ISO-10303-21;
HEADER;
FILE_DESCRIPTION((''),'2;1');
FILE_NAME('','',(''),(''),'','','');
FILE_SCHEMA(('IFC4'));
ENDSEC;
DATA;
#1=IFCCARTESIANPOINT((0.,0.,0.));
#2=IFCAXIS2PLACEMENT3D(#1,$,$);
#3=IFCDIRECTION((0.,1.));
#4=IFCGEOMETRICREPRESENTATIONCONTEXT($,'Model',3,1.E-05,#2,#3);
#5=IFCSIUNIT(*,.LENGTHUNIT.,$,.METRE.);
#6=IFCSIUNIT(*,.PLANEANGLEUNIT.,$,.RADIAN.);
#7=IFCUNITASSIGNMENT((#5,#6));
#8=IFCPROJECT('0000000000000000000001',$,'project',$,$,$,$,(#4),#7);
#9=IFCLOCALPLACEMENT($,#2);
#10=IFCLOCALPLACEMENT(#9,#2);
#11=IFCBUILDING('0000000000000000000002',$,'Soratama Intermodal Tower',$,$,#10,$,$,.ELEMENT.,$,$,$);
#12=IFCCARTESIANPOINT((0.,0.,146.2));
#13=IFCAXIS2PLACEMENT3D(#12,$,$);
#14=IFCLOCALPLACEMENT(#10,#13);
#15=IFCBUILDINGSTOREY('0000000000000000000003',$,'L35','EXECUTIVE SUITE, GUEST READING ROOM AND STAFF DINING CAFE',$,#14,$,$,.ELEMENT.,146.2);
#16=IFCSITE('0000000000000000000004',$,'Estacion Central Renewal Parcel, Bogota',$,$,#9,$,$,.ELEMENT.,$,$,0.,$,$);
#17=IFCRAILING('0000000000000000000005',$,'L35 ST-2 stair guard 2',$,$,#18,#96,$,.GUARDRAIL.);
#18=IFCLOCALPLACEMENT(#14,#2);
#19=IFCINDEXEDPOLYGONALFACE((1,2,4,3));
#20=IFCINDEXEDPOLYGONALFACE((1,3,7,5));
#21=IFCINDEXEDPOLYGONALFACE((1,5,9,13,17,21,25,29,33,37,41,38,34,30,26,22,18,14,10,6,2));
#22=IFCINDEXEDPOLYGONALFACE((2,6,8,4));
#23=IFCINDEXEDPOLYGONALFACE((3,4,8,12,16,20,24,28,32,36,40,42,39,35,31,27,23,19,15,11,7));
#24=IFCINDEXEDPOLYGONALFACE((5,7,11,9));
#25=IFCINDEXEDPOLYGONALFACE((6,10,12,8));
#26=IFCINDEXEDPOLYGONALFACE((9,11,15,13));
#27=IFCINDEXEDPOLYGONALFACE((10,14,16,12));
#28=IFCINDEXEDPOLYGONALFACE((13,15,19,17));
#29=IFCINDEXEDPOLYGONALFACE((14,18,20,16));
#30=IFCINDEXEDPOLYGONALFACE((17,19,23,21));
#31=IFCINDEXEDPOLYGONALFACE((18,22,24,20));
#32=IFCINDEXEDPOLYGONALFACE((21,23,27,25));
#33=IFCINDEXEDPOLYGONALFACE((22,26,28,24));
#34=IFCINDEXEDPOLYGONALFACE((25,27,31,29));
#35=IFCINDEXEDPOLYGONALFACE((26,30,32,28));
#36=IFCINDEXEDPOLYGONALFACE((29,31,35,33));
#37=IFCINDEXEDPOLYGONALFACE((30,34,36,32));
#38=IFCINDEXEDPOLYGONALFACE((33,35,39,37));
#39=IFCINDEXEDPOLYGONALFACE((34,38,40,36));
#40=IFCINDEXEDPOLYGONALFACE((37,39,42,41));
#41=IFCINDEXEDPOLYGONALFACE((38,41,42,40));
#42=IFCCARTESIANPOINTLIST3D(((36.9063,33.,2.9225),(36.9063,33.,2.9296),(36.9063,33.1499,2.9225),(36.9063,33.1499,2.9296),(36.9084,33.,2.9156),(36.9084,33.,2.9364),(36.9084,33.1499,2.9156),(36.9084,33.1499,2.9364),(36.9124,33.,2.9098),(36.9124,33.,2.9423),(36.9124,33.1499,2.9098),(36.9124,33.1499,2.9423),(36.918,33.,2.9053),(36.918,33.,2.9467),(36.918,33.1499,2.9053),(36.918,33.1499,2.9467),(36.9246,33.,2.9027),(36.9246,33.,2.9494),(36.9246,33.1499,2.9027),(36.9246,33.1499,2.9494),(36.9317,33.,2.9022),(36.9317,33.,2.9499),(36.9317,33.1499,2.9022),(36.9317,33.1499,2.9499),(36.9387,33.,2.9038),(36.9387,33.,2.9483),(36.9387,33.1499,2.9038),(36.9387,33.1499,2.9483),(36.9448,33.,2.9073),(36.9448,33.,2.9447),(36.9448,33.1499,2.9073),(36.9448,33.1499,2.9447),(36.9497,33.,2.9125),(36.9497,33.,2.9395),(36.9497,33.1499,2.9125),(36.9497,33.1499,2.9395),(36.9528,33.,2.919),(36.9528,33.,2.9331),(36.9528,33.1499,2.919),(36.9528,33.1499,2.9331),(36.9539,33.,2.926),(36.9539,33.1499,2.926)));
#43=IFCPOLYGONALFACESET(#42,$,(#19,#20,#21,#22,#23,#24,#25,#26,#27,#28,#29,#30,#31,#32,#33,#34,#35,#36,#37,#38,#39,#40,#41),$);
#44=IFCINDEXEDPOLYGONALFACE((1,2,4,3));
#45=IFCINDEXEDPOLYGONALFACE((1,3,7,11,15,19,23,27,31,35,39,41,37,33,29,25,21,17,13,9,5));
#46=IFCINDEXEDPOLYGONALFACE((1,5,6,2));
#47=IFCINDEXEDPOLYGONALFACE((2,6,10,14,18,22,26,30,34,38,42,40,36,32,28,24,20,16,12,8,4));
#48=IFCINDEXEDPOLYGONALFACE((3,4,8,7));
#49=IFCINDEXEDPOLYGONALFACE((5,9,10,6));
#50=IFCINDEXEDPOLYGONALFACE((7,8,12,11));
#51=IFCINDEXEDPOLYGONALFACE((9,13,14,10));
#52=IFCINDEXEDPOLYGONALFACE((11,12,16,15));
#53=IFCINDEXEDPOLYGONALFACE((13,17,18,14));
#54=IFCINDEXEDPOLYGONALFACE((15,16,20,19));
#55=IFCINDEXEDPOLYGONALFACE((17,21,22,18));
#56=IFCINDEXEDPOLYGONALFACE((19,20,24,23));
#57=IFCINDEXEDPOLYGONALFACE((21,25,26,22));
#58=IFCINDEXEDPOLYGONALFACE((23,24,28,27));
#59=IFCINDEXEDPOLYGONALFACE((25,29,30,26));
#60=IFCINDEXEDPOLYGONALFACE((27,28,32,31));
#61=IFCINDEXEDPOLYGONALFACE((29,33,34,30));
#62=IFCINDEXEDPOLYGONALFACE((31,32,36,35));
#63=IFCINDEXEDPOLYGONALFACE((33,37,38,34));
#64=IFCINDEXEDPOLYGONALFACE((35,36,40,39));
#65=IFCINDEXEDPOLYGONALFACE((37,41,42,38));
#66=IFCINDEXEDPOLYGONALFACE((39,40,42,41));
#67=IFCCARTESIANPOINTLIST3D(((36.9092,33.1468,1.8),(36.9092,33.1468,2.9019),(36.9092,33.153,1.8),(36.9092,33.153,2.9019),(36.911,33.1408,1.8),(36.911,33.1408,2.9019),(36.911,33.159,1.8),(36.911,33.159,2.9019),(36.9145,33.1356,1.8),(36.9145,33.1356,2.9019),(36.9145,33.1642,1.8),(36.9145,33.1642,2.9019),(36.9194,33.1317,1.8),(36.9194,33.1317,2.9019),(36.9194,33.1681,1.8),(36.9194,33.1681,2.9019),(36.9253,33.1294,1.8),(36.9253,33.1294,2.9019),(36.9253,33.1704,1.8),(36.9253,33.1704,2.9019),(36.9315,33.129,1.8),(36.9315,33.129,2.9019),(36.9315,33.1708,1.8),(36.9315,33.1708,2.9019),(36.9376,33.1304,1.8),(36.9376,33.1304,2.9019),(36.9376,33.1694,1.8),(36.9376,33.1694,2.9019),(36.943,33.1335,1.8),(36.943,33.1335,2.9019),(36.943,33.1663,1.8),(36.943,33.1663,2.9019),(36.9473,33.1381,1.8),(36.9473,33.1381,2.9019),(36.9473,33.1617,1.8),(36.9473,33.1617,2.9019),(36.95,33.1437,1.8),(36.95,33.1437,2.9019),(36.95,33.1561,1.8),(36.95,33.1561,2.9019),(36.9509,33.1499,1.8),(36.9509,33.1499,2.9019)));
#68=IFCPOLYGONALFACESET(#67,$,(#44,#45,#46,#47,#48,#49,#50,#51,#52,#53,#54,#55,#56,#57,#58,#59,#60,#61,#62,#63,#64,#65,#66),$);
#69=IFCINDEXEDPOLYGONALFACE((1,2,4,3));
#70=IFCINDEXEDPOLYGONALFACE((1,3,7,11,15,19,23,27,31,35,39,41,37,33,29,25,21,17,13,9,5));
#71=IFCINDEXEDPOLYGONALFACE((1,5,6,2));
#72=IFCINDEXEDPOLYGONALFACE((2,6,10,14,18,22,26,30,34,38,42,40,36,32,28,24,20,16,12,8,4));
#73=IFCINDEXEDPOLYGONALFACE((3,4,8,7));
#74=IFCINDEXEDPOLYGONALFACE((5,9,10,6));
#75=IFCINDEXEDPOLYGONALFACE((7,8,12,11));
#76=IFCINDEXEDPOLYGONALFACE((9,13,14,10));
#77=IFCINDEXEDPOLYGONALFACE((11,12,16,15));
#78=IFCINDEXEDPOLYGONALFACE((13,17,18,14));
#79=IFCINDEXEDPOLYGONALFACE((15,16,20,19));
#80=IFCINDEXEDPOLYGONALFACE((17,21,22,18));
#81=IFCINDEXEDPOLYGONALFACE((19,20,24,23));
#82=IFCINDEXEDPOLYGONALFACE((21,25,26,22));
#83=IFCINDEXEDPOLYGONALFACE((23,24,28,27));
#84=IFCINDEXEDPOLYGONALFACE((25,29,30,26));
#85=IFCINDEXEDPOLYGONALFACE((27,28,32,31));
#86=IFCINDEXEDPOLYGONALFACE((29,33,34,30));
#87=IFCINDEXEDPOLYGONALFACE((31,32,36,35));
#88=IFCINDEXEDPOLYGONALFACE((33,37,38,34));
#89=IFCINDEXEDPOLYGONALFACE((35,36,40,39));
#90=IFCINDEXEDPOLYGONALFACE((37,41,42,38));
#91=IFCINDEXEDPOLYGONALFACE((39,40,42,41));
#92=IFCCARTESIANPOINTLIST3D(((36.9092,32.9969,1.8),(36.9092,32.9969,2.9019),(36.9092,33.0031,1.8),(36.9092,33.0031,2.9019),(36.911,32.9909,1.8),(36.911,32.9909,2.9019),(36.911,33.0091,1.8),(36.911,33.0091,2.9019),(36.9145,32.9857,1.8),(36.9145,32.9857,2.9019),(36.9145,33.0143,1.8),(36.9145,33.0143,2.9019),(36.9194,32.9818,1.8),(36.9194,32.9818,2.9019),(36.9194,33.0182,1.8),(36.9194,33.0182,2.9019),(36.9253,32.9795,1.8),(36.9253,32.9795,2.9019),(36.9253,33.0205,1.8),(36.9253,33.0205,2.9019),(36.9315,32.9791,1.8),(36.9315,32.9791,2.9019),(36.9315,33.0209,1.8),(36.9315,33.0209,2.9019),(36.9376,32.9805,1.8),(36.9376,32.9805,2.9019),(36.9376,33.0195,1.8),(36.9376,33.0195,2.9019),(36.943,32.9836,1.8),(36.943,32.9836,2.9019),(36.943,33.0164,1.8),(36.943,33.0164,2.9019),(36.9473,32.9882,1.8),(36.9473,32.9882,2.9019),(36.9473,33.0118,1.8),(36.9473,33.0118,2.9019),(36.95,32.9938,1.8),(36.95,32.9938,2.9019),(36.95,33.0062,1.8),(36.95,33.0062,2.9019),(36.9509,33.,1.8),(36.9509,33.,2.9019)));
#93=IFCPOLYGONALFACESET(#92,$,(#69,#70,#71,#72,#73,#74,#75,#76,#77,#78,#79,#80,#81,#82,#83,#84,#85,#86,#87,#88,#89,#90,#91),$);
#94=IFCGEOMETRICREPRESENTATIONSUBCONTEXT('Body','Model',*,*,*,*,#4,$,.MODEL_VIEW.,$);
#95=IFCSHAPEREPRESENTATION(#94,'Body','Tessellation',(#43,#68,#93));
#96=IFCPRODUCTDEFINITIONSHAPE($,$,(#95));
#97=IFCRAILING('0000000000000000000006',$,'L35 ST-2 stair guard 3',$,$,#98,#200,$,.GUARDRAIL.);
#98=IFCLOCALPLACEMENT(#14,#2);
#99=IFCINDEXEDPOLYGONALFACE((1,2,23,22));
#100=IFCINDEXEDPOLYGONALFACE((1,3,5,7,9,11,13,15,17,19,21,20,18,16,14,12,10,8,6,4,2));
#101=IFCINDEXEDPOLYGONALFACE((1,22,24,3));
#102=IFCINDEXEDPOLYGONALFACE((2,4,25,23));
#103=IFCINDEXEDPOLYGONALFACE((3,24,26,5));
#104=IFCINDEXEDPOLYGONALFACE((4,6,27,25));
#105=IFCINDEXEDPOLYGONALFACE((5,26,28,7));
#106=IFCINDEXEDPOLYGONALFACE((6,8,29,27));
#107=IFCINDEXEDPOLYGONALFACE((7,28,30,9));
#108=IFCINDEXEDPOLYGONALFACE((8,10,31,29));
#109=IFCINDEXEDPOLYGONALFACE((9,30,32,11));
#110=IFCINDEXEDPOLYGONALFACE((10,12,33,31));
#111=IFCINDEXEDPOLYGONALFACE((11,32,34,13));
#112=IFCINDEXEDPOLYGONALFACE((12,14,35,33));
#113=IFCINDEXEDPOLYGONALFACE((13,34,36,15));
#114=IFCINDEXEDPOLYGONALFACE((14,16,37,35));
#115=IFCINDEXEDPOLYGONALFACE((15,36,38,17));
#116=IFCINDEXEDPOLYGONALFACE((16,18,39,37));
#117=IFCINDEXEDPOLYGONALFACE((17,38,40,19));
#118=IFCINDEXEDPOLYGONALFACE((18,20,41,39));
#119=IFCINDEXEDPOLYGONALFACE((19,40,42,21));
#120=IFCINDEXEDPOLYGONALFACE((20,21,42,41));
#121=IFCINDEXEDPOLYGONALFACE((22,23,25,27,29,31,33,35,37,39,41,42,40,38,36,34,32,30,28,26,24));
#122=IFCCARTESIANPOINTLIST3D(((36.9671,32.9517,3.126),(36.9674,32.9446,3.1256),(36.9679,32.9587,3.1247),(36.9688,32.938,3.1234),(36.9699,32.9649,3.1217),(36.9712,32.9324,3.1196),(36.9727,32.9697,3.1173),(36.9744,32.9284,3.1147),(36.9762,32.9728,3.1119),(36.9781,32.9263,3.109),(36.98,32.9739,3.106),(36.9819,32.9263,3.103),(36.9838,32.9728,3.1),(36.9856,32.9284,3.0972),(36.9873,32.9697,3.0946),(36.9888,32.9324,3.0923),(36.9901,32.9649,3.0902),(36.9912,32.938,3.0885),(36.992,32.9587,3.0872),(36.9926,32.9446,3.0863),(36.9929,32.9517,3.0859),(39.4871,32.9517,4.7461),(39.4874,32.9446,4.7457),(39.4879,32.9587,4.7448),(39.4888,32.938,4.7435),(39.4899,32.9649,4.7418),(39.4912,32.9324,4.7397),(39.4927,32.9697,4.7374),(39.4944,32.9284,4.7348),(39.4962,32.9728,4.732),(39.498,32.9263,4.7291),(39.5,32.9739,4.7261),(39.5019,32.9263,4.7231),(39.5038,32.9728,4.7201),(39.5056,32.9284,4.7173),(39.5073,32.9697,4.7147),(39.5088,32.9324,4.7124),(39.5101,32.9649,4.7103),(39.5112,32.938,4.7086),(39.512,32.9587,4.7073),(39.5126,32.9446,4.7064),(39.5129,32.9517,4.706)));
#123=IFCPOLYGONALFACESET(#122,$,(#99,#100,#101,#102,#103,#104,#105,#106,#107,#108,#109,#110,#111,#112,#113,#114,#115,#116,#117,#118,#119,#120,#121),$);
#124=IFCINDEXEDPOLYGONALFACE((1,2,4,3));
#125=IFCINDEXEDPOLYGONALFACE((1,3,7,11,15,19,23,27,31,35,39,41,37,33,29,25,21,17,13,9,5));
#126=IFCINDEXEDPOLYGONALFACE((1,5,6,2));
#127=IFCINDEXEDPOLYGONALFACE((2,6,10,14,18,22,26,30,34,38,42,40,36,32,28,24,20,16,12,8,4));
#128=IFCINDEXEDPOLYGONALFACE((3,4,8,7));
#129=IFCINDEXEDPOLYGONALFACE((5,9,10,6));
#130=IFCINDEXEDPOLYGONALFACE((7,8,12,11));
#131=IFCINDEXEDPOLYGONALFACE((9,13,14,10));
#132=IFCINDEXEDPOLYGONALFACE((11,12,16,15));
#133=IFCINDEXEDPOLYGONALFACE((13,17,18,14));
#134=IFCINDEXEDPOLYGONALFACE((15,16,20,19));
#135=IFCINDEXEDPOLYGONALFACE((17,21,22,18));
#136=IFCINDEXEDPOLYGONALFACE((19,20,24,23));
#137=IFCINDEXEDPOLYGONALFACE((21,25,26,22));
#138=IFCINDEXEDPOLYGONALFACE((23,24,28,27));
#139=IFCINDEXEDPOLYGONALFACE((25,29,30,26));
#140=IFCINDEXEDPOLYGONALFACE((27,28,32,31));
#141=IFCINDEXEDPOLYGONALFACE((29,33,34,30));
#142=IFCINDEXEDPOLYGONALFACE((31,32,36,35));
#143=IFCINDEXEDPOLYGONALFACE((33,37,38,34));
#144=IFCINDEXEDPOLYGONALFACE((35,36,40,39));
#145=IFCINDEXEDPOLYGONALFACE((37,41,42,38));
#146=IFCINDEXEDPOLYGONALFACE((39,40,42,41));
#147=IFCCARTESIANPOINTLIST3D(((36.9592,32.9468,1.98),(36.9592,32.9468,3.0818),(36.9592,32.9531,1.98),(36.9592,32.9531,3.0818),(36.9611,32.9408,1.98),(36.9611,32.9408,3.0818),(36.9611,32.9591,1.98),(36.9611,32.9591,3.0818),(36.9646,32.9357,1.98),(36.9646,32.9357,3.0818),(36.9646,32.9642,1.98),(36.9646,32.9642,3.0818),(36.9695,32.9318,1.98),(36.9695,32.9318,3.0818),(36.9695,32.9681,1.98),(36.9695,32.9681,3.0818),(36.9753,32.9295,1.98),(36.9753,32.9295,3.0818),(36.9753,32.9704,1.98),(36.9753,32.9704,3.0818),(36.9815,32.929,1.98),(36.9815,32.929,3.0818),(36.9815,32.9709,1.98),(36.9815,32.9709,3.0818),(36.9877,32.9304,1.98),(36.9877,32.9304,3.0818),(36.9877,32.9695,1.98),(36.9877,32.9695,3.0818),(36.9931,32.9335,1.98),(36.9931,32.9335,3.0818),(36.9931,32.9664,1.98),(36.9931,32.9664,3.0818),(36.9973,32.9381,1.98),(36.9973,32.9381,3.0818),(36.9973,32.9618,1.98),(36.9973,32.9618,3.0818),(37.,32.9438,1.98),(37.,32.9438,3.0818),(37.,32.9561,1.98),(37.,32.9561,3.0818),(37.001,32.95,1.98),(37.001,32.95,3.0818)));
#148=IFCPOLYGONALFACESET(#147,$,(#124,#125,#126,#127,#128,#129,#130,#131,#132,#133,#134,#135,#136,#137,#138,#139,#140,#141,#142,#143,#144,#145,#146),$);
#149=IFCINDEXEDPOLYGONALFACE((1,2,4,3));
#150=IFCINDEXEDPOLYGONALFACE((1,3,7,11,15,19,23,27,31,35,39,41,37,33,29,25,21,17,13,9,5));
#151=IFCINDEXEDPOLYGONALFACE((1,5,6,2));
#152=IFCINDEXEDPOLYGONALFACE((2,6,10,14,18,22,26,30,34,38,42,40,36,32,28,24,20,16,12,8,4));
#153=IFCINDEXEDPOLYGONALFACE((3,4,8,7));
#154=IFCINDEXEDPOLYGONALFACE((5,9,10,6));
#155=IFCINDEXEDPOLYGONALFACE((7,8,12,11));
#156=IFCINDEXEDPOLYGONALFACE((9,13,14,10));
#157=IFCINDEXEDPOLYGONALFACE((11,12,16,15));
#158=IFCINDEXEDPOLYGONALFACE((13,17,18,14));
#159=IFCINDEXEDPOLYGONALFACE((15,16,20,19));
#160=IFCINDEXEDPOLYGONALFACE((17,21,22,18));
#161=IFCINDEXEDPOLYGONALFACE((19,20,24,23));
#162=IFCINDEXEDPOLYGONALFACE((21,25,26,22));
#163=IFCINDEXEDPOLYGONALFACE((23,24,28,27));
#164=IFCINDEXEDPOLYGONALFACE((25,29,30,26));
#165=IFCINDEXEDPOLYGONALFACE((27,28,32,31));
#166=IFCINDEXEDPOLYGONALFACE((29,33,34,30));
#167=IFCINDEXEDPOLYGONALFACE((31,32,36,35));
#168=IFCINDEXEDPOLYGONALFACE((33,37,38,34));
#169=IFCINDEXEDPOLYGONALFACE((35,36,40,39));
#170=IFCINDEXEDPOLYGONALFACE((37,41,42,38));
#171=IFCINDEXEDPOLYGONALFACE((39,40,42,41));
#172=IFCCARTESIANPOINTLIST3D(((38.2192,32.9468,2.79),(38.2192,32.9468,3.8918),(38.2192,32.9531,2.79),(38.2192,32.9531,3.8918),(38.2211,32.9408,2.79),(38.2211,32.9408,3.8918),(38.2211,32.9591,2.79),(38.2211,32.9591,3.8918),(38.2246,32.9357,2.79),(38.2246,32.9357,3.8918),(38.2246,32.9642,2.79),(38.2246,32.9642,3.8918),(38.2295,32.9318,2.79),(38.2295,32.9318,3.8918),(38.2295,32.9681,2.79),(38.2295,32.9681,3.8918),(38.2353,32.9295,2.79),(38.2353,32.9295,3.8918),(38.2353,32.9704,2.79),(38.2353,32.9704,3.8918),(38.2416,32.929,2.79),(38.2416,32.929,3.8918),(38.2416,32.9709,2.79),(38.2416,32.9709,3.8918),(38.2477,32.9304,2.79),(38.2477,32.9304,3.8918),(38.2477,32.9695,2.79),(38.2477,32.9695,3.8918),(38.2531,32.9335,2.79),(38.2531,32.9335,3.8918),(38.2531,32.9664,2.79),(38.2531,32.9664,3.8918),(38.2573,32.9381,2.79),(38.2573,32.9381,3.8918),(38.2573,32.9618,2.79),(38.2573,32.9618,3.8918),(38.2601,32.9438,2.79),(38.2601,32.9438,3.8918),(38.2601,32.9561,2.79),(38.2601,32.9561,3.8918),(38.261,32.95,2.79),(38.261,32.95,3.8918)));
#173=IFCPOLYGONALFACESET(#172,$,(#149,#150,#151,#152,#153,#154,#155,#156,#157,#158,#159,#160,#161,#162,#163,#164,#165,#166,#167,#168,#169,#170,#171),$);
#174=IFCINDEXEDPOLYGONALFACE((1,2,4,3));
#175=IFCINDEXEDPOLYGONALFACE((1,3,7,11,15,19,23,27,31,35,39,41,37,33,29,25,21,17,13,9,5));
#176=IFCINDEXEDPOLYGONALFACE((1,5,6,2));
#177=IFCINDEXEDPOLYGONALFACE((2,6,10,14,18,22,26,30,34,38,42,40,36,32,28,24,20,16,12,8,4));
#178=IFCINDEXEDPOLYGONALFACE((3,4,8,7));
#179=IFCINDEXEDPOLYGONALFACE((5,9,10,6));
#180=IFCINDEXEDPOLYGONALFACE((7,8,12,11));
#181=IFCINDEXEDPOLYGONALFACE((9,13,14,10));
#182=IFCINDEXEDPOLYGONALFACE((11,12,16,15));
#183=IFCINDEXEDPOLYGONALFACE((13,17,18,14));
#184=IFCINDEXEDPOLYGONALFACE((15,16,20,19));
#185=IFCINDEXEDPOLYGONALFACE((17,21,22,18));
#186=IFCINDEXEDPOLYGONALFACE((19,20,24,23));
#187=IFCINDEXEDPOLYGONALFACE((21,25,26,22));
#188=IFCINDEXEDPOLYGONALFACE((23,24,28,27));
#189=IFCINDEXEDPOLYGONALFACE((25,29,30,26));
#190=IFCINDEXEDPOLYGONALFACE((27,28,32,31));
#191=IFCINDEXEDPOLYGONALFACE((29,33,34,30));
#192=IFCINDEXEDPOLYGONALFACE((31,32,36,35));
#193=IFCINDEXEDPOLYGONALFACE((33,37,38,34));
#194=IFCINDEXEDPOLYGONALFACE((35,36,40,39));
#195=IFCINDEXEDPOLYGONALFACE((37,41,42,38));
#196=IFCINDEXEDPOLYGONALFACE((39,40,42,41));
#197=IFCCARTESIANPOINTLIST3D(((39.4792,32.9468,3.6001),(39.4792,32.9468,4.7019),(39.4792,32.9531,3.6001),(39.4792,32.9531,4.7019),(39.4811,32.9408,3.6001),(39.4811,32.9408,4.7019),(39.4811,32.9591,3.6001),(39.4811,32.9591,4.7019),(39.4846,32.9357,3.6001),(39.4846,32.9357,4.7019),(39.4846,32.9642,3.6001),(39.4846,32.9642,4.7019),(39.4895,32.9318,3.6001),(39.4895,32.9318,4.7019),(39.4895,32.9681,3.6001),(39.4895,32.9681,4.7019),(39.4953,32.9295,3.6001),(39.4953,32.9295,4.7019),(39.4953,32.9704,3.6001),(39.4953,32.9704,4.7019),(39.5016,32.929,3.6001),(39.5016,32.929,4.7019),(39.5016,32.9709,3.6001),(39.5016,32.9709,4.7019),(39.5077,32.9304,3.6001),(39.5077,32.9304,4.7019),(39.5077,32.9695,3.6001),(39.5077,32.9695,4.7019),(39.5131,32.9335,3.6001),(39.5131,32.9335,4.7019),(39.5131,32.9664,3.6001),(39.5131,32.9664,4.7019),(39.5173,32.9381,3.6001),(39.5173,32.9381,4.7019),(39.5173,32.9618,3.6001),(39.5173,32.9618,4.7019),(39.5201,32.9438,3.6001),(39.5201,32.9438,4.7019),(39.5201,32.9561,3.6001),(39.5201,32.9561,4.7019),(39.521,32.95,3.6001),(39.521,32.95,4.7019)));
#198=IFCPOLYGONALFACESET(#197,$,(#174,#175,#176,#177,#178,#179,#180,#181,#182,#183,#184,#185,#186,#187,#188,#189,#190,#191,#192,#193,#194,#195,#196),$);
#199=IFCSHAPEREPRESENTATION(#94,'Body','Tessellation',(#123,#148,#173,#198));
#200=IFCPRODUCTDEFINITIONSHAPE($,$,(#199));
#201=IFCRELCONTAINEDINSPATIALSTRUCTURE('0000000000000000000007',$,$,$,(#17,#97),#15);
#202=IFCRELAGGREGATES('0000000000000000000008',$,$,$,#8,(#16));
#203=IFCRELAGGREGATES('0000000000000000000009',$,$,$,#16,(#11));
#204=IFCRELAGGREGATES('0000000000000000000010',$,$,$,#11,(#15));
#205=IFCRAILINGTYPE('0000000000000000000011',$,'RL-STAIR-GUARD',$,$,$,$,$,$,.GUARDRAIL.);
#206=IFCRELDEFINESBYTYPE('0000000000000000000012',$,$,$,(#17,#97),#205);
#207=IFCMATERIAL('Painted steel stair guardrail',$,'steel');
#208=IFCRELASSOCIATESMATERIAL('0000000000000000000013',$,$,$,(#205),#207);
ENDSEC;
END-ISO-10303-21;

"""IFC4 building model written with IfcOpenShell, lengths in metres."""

from ifc_helpers import new_model, si_unit, direction, frame, origin, origin_2d, place, context, subcontext, project, spatial, circle, extrude, material, type_object, element, save


model = new_model("IFC4")

# Units and contexts
model_context = context("Model", 3, precision=1e-05, world=origin(), true_north=direction((0.0, 1.0)))
body_context = subcontext(model_context, "Body", "Model", "MODEL_VIEW")
ifc_project = project(units=[si_unit("LENGTHUNIT", "METRE"), si_unit("PLANEANGLEUNIT", "RADIAN")], contexts=[model_context])

# Site, building, storey
site_placement = place(None, origin())
site = spatial("IfcSite", under=ifc_project, at=site_placement, Name="Estacion Central Renewal Parcel, Bogota", CompositionType="ELEMENT", RefElevation=0.0)
building_placement = place(site_placement, origin())
building = spatial("IfcBuilding", under=site, at=building_placement, Name="Soratama Intermodal Tower", CompositionType="ELEMENT")
storey_placement = place(building_placement, frame((0.0, 0.0, 146.2)))
storey = spatial("IfcBuildingStorey", under=building, at=storey_placement, Name="L35", Description="EXECUTIVE SUITE, GUEST READING ROOM AND STAFF DINING CAFE", CompositionType="ELEMENT", Elevation=146.2)

# Railings
ifc_material_1 = material(Name="Painted steel stair guardrail", Category="steel")
railing_type_1 = type_object("IfcRailingType", Name="RL-STAIR-GUARD", PredefinedType="GUARDRAIL", material=ifc_material_1)
railing_1_placement = place(storey_placement, frame((36.9299, 33.1499, 1.8)))
element("IfcRailing", 1, at=railing_1_placement, inside=storey, type_object=railing_type_1, Name="L35 ST-2 stair guard 2", PredefinedType="GUARDRAIL", context=body_context, shape_type="SweptSolid", body=[
    extrude(circle(Radius=0.0239, at=origin_2d()), frame((0.0, 0.0, 1.126), z_axis=(0.0, -1.0, 0.0), x_axis=(1.0, 0.0, 0.0)), (0.0, 0.0, 1.0), 0.1499),
    extrude(circle(Radius=0.021, at=origin_2d()), origin(), (0.0, 0.0, 1.0), 1.1018),
    extrude(circle(Radius=0.021, at=origin_2d()), frame((0.0, -0.1499, 0.0)), (0.0, 0.0, 1.0), 1.1018),
])
railing_2_placement = place(storey_placement, frame((36.98, 32.95, 1.98)))
element("IfcRailing", 2, at=railing_2_placement, inside=storey, type_object=railing_type_1, Name="L35 ST-2 stair guard 3", PredefinedType="GUARDRAIL", context=body_context, shape_type="SweptSolid", body=[
    extrude(circle(Radius=0.0239, at=origin_2d()), frame((0.0, 0.0, 1.126), z_axis=(0.841163, 0.0, 0.540782), x_axis=(0.0, 1.0, 0.0)), (0.0, 0.0, 1.0), 2.9958),
    extrude(circle(Radius=0.021, at=origin_2d()), origin(), (0.0, 0.0, 1.0), 1.1018),
    extrude(circle(Radius=0.021, at=origin_2d()), frame((1.26, 0.0, 0.8101)), (0.0, 0.0, 1.0), 1.1018),
    extrude(circle(Radius=0.021, at=origin_2d()), frame((2.52, 0.0, 1.6201)), (0.0, 0.0, 1.0), 1.1018),
])

save(model, "model.ifc")
